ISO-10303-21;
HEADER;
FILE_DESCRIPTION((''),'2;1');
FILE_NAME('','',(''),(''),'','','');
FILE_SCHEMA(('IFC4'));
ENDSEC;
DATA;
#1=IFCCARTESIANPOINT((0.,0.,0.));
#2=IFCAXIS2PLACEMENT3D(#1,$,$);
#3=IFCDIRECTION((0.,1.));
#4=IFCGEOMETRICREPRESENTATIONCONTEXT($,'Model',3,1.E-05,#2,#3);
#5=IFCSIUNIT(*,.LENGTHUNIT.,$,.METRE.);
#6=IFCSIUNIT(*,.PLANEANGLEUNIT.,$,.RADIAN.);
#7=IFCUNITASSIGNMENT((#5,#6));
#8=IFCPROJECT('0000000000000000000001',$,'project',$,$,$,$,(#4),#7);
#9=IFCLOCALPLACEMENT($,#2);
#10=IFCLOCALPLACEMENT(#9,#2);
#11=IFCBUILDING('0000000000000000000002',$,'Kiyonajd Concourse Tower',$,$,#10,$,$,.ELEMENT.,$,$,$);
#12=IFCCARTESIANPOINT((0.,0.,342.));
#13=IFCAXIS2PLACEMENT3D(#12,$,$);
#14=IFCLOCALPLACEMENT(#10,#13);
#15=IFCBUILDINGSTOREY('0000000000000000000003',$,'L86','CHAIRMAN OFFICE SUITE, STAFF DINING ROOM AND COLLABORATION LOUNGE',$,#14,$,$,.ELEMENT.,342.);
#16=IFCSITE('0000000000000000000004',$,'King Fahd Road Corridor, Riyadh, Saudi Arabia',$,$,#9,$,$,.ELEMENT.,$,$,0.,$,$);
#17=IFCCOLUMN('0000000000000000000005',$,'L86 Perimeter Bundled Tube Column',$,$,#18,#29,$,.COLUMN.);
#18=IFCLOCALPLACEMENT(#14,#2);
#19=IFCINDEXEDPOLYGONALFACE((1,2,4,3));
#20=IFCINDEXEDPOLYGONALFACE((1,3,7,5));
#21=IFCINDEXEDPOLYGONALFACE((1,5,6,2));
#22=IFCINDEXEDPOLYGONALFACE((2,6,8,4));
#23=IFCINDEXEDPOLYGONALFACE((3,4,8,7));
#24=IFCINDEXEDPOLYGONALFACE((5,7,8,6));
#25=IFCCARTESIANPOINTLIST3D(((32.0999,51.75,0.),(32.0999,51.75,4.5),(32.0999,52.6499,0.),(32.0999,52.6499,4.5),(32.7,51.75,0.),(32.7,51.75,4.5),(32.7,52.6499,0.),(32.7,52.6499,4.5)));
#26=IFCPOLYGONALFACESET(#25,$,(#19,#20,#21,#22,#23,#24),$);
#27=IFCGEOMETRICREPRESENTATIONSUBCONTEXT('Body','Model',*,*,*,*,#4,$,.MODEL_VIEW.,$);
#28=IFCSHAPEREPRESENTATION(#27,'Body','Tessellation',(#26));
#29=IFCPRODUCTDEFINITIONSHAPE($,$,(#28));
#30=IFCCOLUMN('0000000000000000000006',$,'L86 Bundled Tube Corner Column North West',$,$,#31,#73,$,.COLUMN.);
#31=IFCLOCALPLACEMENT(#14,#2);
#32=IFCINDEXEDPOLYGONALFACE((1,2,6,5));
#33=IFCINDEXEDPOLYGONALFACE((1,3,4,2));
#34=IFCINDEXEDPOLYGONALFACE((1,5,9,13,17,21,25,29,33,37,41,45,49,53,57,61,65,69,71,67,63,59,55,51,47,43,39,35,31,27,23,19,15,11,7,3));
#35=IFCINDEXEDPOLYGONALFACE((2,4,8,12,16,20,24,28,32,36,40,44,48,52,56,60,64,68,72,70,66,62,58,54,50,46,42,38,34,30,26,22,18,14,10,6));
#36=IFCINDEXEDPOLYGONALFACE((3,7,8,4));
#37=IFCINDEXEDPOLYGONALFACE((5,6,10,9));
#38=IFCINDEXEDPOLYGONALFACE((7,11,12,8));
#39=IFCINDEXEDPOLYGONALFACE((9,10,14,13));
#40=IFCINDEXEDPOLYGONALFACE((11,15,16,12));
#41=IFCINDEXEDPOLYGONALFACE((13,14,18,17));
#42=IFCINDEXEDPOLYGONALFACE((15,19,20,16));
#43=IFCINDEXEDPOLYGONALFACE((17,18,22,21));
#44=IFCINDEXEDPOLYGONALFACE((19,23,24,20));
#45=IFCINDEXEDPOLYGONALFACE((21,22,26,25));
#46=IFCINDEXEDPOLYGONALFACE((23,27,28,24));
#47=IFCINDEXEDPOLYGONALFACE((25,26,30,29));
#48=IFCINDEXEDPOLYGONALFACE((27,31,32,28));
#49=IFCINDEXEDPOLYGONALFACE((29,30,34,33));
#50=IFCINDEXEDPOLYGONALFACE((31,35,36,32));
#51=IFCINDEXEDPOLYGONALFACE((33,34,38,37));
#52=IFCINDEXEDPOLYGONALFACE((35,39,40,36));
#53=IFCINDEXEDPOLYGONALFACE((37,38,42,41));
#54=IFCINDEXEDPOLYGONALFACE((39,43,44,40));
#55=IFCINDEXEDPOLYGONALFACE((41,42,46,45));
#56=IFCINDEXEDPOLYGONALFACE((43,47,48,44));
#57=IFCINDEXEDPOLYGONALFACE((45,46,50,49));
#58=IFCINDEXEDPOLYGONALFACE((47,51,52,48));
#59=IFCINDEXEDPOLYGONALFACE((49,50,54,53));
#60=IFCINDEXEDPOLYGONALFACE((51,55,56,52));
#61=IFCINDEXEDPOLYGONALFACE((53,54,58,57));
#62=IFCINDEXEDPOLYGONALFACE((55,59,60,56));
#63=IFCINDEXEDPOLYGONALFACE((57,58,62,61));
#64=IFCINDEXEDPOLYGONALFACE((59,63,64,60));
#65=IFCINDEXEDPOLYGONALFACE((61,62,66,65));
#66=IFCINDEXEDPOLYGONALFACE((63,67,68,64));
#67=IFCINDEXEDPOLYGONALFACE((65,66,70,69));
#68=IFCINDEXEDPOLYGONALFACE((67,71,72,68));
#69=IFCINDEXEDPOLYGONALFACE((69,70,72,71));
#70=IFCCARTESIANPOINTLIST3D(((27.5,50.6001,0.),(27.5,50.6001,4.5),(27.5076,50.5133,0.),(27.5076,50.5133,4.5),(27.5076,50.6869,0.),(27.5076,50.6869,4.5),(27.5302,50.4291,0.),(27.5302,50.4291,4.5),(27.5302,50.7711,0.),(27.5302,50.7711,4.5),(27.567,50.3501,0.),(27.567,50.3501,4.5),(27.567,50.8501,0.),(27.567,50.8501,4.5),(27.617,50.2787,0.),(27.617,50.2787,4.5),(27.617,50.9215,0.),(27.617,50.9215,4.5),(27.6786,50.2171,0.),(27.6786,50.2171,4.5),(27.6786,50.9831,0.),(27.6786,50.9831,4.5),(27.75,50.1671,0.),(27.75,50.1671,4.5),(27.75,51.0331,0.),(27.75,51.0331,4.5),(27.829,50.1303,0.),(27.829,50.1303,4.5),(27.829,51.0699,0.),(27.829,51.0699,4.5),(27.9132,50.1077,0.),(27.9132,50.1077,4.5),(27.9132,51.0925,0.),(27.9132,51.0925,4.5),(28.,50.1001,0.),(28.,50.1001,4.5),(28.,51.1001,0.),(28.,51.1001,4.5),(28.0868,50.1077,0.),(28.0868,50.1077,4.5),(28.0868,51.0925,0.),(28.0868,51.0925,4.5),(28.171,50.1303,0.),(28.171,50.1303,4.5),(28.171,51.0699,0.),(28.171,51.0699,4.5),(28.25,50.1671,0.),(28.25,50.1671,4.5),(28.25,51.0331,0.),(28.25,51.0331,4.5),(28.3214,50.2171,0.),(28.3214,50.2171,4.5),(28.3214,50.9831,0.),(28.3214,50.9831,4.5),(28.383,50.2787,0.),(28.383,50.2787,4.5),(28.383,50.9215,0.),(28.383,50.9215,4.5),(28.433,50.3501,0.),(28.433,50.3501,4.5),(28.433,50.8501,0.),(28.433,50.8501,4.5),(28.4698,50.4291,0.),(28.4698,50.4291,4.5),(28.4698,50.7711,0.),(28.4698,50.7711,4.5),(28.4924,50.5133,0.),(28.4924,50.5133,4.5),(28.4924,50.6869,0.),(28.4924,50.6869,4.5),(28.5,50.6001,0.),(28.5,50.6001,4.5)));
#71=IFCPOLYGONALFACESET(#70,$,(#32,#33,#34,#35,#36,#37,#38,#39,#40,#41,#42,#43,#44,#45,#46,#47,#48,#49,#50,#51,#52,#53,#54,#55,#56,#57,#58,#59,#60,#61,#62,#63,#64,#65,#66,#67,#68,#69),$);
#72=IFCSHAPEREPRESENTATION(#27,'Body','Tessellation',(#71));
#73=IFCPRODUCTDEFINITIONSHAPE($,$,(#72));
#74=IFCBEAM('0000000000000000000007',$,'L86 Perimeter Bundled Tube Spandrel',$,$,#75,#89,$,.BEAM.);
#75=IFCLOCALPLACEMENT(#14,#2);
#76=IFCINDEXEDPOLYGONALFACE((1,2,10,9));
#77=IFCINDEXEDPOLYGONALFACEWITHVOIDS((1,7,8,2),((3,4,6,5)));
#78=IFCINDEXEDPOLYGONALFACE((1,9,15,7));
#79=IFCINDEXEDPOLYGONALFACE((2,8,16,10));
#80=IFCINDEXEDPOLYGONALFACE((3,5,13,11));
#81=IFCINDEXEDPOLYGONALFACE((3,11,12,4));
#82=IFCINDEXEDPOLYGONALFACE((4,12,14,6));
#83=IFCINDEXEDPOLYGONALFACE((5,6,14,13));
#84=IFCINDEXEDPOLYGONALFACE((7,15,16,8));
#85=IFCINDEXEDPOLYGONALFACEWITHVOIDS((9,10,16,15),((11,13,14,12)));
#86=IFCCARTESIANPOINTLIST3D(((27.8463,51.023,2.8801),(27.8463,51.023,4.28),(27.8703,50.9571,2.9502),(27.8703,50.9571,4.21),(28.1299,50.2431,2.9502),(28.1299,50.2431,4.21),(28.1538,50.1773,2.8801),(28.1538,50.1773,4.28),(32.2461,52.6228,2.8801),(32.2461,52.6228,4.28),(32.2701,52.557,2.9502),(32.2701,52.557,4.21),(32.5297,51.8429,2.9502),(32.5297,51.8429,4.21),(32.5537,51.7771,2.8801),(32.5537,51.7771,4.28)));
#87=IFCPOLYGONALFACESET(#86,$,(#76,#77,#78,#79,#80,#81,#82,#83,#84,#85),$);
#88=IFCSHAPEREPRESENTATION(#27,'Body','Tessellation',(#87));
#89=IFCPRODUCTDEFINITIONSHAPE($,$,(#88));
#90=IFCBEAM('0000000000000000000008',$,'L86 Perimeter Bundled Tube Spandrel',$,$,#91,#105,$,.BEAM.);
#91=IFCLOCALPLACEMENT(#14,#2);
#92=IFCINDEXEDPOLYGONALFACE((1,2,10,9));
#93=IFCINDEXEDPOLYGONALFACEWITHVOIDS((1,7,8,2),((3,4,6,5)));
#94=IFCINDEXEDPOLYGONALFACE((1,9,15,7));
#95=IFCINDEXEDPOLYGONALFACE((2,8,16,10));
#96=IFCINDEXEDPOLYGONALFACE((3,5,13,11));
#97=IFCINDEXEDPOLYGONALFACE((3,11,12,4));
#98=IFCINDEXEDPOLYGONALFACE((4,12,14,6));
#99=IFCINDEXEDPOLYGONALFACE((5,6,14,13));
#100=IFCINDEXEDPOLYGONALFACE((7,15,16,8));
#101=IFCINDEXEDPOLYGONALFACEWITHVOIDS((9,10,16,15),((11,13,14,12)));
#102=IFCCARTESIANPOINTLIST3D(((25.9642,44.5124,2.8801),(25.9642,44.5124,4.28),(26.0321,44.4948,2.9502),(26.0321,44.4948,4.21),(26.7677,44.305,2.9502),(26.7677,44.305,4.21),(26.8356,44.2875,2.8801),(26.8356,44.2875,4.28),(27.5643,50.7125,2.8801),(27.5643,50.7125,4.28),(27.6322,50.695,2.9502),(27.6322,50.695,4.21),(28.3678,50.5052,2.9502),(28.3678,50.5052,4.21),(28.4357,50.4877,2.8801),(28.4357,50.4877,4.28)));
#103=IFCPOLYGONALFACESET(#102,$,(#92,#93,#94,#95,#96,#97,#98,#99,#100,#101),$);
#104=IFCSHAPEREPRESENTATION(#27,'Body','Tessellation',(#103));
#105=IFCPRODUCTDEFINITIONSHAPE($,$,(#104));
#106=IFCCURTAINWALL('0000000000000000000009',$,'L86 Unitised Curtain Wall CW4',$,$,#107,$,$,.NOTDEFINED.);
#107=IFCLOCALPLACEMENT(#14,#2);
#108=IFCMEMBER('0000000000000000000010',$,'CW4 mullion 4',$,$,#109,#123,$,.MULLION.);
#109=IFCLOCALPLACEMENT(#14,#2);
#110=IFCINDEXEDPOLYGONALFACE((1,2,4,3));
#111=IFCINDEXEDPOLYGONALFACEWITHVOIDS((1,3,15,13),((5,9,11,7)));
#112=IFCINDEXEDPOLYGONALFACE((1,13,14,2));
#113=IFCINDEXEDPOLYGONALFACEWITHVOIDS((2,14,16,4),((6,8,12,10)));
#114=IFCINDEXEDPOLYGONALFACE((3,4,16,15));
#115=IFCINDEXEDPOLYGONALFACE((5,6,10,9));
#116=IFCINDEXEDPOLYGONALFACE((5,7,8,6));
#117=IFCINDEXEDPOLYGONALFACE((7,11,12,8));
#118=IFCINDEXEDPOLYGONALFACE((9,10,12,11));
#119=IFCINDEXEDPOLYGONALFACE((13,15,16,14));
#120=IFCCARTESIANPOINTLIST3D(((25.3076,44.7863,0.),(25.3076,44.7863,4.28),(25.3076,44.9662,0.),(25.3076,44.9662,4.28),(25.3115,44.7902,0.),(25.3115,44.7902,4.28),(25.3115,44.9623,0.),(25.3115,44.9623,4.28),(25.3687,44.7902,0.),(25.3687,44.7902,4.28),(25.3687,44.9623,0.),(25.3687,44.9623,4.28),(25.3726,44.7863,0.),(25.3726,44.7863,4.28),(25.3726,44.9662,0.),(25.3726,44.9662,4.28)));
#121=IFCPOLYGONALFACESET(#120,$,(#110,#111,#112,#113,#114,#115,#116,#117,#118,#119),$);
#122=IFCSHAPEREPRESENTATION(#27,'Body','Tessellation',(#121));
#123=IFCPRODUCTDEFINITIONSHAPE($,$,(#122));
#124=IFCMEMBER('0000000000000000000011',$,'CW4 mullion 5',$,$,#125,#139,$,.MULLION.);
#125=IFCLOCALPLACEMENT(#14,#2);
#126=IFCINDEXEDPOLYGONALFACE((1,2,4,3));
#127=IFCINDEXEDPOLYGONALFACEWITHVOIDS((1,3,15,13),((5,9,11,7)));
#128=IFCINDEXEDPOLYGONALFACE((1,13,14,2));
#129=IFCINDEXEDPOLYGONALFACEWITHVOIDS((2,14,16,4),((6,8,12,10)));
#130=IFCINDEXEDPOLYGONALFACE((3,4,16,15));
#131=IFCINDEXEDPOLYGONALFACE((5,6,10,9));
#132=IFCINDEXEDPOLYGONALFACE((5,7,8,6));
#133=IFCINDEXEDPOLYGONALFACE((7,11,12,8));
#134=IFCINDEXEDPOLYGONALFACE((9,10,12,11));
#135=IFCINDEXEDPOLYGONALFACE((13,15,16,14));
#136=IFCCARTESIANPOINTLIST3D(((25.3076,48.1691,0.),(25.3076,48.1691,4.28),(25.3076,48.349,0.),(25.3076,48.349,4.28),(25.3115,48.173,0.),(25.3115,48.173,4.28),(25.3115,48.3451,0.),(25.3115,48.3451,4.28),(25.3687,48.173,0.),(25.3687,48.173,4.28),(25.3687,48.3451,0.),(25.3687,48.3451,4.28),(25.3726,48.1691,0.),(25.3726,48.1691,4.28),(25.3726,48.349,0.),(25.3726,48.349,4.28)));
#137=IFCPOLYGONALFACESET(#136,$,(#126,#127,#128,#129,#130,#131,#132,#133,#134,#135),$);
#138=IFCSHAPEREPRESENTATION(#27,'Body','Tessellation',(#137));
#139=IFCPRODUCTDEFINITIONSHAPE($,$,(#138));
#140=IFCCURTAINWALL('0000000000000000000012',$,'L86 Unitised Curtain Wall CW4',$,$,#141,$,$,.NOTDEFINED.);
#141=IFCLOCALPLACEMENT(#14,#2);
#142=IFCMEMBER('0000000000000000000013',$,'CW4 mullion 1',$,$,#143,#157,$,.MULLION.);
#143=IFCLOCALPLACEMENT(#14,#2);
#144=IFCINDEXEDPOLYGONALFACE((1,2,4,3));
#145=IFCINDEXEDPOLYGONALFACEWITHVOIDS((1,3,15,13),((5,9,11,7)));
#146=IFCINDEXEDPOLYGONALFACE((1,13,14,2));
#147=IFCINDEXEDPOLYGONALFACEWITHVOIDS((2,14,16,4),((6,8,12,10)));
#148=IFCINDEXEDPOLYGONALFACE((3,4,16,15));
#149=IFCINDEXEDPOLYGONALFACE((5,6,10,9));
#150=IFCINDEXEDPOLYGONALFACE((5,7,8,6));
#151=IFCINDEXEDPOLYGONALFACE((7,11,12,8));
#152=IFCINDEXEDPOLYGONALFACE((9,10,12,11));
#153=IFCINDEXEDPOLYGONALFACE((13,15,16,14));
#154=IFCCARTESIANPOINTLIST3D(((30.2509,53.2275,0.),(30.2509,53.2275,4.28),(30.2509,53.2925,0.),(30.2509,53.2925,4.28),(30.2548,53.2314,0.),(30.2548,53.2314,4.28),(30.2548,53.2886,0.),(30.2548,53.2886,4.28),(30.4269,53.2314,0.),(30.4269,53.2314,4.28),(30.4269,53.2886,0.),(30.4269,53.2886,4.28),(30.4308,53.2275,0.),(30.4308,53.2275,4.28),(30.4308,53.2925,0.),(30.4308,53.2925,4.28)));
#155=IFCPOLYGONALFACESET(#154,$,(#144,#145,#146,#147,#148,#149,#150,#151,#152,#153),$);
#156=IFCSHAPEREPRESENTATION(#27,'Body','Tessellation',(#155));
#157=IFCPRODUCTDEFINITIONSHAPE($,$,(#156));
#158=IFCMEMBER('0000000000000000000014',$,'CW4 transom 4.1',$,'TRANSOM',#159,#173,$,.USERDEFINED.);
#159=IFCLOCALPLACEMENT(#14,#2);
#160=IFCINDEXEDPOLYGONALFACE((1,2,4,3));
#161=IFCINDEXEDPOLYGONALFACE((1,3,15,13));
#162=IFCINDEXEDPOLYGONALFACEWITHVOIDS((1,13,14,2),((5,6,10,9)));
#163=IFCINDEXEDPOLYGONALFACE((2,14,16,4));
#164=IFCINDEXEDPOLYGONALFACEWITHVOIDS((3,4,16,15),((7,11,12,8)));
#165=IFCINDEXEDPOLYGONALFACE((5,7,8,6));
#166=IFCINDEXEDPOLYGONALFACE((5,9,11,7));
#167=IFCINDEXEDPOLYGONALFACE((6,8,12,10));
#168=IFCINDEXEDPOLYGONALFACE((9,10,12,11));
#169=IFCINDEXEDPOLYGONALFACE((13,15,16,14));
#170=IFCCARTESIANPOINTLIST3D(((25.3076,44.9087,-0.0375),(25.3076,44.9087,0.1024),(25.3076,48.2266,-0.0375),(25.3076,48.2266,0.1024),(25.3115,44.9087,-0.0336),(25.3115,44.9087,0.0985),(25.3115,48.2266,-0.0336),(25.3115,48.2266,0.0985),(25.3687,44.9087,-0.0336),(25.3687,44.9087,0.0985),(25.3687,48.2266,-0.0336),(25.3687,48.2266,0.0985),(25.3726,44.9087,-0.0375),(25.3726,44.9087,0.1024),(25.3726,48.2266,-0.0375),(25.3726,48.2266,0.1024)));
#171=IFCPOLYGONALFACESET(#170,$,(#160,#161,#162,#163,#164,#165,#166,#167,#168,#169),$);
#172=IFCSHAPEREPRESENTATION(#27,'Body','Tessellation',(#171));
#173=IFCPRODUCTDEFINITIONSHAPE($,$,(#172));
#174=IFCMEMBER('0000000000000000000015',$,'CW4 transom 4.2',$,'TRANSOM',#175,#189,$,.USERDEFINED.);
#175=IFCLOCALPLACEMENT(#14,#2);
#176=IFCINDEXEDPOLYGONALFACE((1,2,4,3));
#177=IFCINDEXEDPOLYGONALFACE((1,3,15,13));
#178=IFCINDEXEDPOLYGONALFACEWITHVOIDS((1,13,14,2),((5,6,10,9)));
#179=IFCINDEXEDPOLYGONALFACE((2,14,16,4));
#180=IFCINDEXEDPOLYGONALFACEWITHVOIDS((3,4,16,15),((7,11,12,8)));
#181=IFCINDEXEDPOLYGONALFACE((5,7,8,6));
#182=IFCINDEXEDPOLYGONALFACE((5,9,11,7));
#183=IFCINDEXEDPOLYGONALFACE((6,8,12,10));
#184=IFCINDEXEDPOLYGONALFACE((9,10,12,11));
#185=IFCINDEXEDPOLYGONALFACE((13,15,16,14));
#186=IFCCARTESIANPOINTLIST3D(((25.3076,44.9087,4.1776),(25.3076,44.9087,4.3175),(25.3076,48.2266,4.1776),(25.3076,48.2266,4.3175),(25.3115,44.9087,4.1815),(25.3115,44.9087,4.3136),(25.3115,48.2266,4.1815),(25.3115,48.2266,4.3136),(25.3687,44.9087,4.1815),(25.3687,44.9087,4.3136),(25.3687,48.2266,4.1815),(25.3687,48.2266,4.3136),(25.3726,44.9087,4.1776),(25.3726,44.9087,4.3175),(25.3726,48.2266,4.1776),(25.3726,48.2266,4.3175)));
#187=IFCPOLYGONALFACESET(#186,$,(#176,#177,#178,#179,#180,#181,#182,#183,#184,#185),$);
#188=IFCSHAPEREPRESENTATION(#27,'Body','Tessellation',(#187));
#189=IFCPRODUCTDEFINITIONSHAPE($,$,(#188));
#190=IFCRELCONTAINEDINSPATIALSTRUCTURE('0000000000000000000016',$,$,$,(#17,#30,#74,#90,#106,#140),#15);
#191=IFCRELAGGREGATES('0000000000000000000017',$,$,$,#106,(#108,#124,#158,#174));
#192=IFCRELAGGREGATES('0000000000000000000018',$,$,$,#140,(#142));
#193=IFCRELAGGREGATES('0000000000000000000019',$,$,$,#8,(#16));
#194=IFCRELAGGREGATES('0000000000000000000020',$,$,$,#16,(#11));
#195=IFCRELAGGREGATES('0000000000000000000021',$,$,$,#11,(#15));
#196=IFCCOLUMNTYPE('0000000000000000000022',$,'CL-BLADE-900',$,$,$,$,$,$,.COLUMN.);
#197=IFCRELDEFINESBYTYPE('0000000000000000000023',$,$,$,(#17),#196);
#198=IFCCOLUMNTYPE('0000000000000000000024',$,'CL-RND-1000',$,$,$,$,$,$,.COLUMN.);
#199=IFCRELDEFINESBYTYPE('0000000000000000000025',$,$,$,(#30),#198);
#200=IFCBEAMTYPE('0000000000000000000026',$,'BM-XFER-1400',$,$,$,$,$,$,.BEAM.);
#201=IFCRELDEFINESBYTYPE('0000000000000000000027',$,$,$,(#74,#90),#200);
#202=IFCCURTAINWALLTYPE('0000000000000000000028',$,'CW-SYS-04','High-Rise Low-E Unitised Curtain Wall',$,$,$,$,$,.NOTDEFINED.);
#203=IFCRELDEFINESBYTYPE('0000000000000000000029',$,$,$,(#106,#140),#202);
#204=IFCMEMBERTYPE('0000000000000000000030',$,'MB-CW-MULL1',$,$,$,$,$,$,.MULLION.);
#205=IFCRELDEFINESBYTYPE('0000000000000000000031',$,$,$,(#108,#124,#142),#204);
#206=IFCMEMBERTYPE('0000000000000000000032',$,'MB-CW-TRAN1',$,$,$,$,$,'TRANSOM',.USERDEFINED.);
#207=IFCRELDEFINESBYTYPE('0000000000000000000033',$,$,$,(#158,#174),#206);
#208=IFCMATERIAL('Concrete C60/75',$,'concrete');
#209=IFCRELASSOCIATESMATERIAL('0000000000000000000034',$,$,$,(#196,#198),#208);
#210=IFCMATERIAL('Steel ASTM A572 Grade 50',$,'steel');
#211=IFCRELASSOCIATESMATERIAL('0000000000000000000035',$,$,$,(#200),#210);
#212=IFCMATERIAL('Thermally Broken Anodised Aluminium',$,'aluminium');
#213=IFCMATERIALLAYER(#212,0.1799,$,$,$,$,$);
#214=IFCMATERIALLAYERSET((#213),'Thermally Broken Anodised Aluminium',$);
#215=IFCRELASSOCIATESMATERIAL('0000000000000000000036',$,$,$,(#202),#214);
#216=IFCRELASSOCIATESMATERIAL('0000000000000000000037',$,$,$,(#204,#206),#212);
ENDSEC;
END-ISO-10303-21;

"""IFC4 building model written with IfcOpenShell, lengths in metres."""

from ifc_helpers import new_model, si_unit, direction, frame, origin, origin_2d, place, context, subcontext, project, spatial, rectangle, hollow_rectangle, circle, extrude, material, layer, layer_set, material_profile, profile_set, type_object, element, aggregate, save


model = new_model("IFC4")

# Units and contexts
model_context = context("Model", 3, precision=1e-05, world=origin(), true_north=direction((0.0, 1.0)))
body_context = subcontext(model_context, "Body", "Model", "MODEL_VIEW")
ifc_project = project(units=[si_unit("LENGTHUNIT", "METRE"), si_unit("PLANEANGLEUNIT", "RADIAN")], contexts=[model_context])

# Site, building, storey
site_placement = place(None, origin())
site = spatial("IfcSite", under=ifc_project, at=site_placement, Name="King Fahd Road Corridor, Riyadh, Saudi Arabia", CompositionType="ELEMENT", RefElevation=0.0)
building_placement = place(site_placement, origin())
building = spatial("IfcBuilding", under=site, at=building_placement, Name="Kiyonajd Concourse Tower", CompositionType="ELEMENT")
storey_placement = place(building_placement, frame((0.0, 0.0, 342.0)))
storey = spatial("IfcBuildingStorey", under=building, at=storey_placement, Name="L86", Description="CHAIRMAN OFFICE SUITE, STAFF DINING ROOM AND COLLABORATION LOUNGE", CompositionType="ELEMENT", Elevation=342.0)

# Columns
ifc_material_1 = material(Name="Concrete C60/75", Category="concrete")
ifc_material_profile_1 = material_profile(ifc_material_1, rectangle(XDim=0.6001, YDim=0.8999, at=origin_2d()), Name="RC-900x600")
ifc_profile_set_1 = profile_set([ifc_material_profile_1], Name="Concrete C60/75")
column_type_1 = type_object("IfcColumnType", Name="CL-BLADE-900", PredefinedType="COLUMN", material=ifc_profile_set_1)
column_1_placement = place(storey_placement, frame((32.3999, 52.2, 0.0), z_axis=(0.0, 0.0, 1.0), x_axis=(1.0, 0.0, 0.0)))
element("IfcColumn", 1, at=column_1_placement, inside=storey, type_object=column_type_1, Name="L86 Perimeter Bundled Tube Column", PredefinedType="COLUMN", context=body_context, shape_type="SweptSolid", body=[
    extrude(rectangle(XDim=0.6001, YDim=0.8999, at=origin_2d()), origin(), (0.0, 0.0, 1.0), 4.5),
])
ifc_material_profile_2 = material_profile(ifc_material_1, circle(Radius=0.5, at=origin_2d()), Name="RCC-D1000")
ifc_profile_set_2 = profile_set([ifc_material_profile_2], Name="Concrete C60/75")
column_type_2 = type_object("IfcColumnType", Name="CL-RND-1000", PredefinedType="COLUMN", material=ifc_profile_set_2)
column_2_placement = place(storey_placement, frame((28.0, 50.6001, 0.0), z_axis=(0.0, 0.0, 1.0), x_axis=(1.0, 0.0, 0.0)))
element("IfcColumn", 2, at=column_2_placement, inside=storey, type_object=column_type_2, Name="L86 Bundled Tube Corner Column North West", PredefinedType="COLUMN", context=body_context, shape_type="SweptSolid", body=[
    extrude(circle(Radius=0.5, at=origin_2d()), origin(), (0.0, 0.0, 1.0), 4.5),
])

# Beams
ifc_material_2 = material(Name="Steel ASTM A572 Grade 50", Category="steel")
ifc_material_profile_3 = material_profile(ifc_material_2, hollow_rectangle(XDim=0.8999, YDim=1.3999, WallThickness=0.0701, at=origin_2d()), Name="BOX-1400x900x70")
ifc_profile_set_3 = profile_set([ifc_material_profile_3], Name="Steel ASTM A572 Grade 50")
beam_type = type_object("IfcBeamType", Name="BM-XFER-1400", PredefinedType="BEAM", material=ifc_profile_set_3)
beam_1_placement = place(storey_placement, frame((32.3999, 52.2, 3.5801), z_axis=(-0.939801, -0.341722, 0.0), x_axis=(0.341722, -0.939801, 0.0)))
element("IfcBeam", 3, at=beam_1_placement, inside=storey, type_object=beam_type, Name="L86 Perimeter Bundled Tube Spandrel", PredefinedType="BEAM", context=body_context, shape_type="SweptSolid", body=[
    extrude(hollow_rectangle(XDim=0.8999, YDim=1.3999, WallThickness=0.0701, at=origin_2d()), origin(), (0.0, 0.0, 1.0), 4.6816),
])
beam_2_placement = place(storey_placement, frame((28.0, 50.6001, 3.5801), z_axis=(-0.249885, -0.968276, 0.0), x_axis=(0.968276, -0.249885, 0.0)))
element("IfcBeam", 4, at=beam_2_placement, inside=storey, type_object=beam_type, Name="L86 Perimeter Bundled Tube Spandrel", PredefinedType="BEAM", context=body_context, shape_type="SweptSolid", body=[
    extrude(hollow_rectangle(XDim=0.8999, YDim=1.3999, WallThickness=0.0701, at=origin_2d()), origin(), (0.0, 0.0, 1.0), 6.4033),
])

# Curtain wall, members
ifc_material_3 = material(Name="Thermally Broken Anodised Aluminium", Category="aluminium")
ifc_layer_1 = layer(ifc_material_3, 0.1799)
ifc_layer_set_1 = layer_set([ifc_layer_1], Name="Thermally Broken Anodised Aluminium")
curtain_wall_type = type_object("IfcCurtainWallType", Name="CW-SYS-04", Description="High-Rise Low-E Unitised Curtain Wall", PredefinedType="NOTDEFINED", material=ifc_layer_set_1)
curtain_wall_1_placement = place(storey_placement, origin())
curtain_wall_1 = element("IfcCurtainWall", 5, at=curtain_wall_1_placement, inside=storey, type_object=curtain_wall_type, Name="L86 Unitised Curtain Wall CW4", PredefinedType="NOTDEFINED")
ifc_material_profile_4 = material_profile(ifc_material_3, hollow_rectangle(XDim=0.0649, YDim=0.1799, WallThickness=0.0039, at=origin_2d()), Name="MULL-65x180")
ifc_profile_set_4 = profile_set([ifc_material_profile_4], Name="Thermally Broken Anodised Aluminium")
member_type_1 = type_object("IfcMemberType", Name="MB-CW-MULL1", PredefinedType="MULLION", material=ifc_profile_set_4)
member_1_placement = place(storey_placement, frame((25.3401, 44.8762, 0.0), z_axis=(0.0, 0.0, 1.0), x_axis=(-1.0, 0.0, 0.0)))
member_1 = element("IfcMember", 6, at=member_1_placement, type_object=member_type_1, Name="CW4 mullion 4", PredefinedType="MULLION", context=body_context, shape_type="SweptSolid", body=[
    extrude(hollow_rectangle(XDim=0.0649, YDim=0.1799, WallThickness=0.0039, at=origin_2d()), origin(), (0.0, 0.0, 1.0), 4.28),
])
member_2_placement = place(storey_placement, frame((25.3401, 48.259, 0.0), z_axis=(0.0, 0.0, 1.0), x_axis=(-1.0, 0.0, 0.0)))
member_2 = element("IfcMember", 7, at=member_2_placement, type_object=member_type_1, Name="CW4 mullion 5", PredefinedType="MULLION", context=body_context, shape_type="SweptSolid", body=[
    extrude(hollow_rectangle(XDim=0.0649, YDim=0.1799, WallThickness=0.0039, at=origin_2d()), origin(), (0.0, 0.0, 1.0), 4.28),
])

# Curtain wall, member
curtain_wall_2_placement = place(storey_placement, origin())
curtain_wall_2 = element("IfcCurtainWall", 8, at=curtain_wall_2_placement, inside=storey, type_object=curtain_wall_type, Name="L86 Unitised Curtain Wall CW4", PredefinedType="NOTDEFINED")
member_3_placement = place(storey_placement, frame((30.3408, 53.26, 0.0), z_axis=(0.0, 0.0, 1.0), x_axis=(0.0, 1.0, 0.0)))
member_3 = element("IfcMember", 9, at=member_3_placement, type_object=member_type_1, Name="CW4 mullion 1", PredefinedType="MULLION", context=body_context, shape_type="SweptSolid", body=[
    extrude(hollow_rectangle(XDim=0.0649, YDim=0.1799, WallThickness=0.0039, at=origin_2d()), origin(), (0.0, 0.0, 1.0), 4.28),
])

# Members
ifc_material_profile_5 = material_profile(ifc_material_3, hollow_rectangle(XDim=0.0649, YDim=0.1399, WallThickness=0.0039, at=origin_2d()), Name="TRAN-65x140")
ifc_profile_set_5 = profile_set([ifc_material_profile_5], Name="Thermally Broken Anodised Aluminium")
member_type_2 = type_object("IfcMemberType", Name="MB-CW-TRAN1", ElementType="TRANSOM", PredefinedType="USERDEFINED", material=ifc_profile_set_5)
member_4_placement = place(storey_placement, frame((25.3401, 44.9087, 0.0325), z_axis=(0.0, 1.0, 0.0), x_axis=(-1.0, 0.0, 0.0)))
member_4 = element("IfcMember", 10, at=member_4_placement, type_object=member_type_2, Name="CW4 transom 4.1", ObjectType="TRANSOM", PredefinedType="USERDEFINED", context=body_context, shape_type="SweptSolid", body=[
    extrude(hollow_rectangle(XDim=0.0649, YDim=0.1399, WallThickness=0.0039, at=origin_2d()), origin(), (0.0, 0.0, 1.0), 3.3179),
])
member_5_placement = place(storey_placement, frame((25.3401, 44.9087, 4.2476), z_axis=(0.0, 1.0, 0.0), x_axis=(-1.0, 0.0, 0.0)))
member_5 = element("IfcMember", 11, at=member_5_placement, type_object=member_type_2, Name="CW4 transom 4.2", ObjectType="TRANSOM", PredefinedType="USERDEFINED", context=body_context, shape_type="SweptSolid", body=[
    extrude(hollow_rectangle(XDim=0.0649, YDim=0.1399, WallThickness=0.0039, at=origin_2d()), origin(), (0.0, 0.0, 1.0), 3.3179),
])

aggregate(curtain_wall_1, [member_1, member_2, member_4, member_5])
aggregate(curtain_wall_2, [member_3])

save(model, "model.ifc")
